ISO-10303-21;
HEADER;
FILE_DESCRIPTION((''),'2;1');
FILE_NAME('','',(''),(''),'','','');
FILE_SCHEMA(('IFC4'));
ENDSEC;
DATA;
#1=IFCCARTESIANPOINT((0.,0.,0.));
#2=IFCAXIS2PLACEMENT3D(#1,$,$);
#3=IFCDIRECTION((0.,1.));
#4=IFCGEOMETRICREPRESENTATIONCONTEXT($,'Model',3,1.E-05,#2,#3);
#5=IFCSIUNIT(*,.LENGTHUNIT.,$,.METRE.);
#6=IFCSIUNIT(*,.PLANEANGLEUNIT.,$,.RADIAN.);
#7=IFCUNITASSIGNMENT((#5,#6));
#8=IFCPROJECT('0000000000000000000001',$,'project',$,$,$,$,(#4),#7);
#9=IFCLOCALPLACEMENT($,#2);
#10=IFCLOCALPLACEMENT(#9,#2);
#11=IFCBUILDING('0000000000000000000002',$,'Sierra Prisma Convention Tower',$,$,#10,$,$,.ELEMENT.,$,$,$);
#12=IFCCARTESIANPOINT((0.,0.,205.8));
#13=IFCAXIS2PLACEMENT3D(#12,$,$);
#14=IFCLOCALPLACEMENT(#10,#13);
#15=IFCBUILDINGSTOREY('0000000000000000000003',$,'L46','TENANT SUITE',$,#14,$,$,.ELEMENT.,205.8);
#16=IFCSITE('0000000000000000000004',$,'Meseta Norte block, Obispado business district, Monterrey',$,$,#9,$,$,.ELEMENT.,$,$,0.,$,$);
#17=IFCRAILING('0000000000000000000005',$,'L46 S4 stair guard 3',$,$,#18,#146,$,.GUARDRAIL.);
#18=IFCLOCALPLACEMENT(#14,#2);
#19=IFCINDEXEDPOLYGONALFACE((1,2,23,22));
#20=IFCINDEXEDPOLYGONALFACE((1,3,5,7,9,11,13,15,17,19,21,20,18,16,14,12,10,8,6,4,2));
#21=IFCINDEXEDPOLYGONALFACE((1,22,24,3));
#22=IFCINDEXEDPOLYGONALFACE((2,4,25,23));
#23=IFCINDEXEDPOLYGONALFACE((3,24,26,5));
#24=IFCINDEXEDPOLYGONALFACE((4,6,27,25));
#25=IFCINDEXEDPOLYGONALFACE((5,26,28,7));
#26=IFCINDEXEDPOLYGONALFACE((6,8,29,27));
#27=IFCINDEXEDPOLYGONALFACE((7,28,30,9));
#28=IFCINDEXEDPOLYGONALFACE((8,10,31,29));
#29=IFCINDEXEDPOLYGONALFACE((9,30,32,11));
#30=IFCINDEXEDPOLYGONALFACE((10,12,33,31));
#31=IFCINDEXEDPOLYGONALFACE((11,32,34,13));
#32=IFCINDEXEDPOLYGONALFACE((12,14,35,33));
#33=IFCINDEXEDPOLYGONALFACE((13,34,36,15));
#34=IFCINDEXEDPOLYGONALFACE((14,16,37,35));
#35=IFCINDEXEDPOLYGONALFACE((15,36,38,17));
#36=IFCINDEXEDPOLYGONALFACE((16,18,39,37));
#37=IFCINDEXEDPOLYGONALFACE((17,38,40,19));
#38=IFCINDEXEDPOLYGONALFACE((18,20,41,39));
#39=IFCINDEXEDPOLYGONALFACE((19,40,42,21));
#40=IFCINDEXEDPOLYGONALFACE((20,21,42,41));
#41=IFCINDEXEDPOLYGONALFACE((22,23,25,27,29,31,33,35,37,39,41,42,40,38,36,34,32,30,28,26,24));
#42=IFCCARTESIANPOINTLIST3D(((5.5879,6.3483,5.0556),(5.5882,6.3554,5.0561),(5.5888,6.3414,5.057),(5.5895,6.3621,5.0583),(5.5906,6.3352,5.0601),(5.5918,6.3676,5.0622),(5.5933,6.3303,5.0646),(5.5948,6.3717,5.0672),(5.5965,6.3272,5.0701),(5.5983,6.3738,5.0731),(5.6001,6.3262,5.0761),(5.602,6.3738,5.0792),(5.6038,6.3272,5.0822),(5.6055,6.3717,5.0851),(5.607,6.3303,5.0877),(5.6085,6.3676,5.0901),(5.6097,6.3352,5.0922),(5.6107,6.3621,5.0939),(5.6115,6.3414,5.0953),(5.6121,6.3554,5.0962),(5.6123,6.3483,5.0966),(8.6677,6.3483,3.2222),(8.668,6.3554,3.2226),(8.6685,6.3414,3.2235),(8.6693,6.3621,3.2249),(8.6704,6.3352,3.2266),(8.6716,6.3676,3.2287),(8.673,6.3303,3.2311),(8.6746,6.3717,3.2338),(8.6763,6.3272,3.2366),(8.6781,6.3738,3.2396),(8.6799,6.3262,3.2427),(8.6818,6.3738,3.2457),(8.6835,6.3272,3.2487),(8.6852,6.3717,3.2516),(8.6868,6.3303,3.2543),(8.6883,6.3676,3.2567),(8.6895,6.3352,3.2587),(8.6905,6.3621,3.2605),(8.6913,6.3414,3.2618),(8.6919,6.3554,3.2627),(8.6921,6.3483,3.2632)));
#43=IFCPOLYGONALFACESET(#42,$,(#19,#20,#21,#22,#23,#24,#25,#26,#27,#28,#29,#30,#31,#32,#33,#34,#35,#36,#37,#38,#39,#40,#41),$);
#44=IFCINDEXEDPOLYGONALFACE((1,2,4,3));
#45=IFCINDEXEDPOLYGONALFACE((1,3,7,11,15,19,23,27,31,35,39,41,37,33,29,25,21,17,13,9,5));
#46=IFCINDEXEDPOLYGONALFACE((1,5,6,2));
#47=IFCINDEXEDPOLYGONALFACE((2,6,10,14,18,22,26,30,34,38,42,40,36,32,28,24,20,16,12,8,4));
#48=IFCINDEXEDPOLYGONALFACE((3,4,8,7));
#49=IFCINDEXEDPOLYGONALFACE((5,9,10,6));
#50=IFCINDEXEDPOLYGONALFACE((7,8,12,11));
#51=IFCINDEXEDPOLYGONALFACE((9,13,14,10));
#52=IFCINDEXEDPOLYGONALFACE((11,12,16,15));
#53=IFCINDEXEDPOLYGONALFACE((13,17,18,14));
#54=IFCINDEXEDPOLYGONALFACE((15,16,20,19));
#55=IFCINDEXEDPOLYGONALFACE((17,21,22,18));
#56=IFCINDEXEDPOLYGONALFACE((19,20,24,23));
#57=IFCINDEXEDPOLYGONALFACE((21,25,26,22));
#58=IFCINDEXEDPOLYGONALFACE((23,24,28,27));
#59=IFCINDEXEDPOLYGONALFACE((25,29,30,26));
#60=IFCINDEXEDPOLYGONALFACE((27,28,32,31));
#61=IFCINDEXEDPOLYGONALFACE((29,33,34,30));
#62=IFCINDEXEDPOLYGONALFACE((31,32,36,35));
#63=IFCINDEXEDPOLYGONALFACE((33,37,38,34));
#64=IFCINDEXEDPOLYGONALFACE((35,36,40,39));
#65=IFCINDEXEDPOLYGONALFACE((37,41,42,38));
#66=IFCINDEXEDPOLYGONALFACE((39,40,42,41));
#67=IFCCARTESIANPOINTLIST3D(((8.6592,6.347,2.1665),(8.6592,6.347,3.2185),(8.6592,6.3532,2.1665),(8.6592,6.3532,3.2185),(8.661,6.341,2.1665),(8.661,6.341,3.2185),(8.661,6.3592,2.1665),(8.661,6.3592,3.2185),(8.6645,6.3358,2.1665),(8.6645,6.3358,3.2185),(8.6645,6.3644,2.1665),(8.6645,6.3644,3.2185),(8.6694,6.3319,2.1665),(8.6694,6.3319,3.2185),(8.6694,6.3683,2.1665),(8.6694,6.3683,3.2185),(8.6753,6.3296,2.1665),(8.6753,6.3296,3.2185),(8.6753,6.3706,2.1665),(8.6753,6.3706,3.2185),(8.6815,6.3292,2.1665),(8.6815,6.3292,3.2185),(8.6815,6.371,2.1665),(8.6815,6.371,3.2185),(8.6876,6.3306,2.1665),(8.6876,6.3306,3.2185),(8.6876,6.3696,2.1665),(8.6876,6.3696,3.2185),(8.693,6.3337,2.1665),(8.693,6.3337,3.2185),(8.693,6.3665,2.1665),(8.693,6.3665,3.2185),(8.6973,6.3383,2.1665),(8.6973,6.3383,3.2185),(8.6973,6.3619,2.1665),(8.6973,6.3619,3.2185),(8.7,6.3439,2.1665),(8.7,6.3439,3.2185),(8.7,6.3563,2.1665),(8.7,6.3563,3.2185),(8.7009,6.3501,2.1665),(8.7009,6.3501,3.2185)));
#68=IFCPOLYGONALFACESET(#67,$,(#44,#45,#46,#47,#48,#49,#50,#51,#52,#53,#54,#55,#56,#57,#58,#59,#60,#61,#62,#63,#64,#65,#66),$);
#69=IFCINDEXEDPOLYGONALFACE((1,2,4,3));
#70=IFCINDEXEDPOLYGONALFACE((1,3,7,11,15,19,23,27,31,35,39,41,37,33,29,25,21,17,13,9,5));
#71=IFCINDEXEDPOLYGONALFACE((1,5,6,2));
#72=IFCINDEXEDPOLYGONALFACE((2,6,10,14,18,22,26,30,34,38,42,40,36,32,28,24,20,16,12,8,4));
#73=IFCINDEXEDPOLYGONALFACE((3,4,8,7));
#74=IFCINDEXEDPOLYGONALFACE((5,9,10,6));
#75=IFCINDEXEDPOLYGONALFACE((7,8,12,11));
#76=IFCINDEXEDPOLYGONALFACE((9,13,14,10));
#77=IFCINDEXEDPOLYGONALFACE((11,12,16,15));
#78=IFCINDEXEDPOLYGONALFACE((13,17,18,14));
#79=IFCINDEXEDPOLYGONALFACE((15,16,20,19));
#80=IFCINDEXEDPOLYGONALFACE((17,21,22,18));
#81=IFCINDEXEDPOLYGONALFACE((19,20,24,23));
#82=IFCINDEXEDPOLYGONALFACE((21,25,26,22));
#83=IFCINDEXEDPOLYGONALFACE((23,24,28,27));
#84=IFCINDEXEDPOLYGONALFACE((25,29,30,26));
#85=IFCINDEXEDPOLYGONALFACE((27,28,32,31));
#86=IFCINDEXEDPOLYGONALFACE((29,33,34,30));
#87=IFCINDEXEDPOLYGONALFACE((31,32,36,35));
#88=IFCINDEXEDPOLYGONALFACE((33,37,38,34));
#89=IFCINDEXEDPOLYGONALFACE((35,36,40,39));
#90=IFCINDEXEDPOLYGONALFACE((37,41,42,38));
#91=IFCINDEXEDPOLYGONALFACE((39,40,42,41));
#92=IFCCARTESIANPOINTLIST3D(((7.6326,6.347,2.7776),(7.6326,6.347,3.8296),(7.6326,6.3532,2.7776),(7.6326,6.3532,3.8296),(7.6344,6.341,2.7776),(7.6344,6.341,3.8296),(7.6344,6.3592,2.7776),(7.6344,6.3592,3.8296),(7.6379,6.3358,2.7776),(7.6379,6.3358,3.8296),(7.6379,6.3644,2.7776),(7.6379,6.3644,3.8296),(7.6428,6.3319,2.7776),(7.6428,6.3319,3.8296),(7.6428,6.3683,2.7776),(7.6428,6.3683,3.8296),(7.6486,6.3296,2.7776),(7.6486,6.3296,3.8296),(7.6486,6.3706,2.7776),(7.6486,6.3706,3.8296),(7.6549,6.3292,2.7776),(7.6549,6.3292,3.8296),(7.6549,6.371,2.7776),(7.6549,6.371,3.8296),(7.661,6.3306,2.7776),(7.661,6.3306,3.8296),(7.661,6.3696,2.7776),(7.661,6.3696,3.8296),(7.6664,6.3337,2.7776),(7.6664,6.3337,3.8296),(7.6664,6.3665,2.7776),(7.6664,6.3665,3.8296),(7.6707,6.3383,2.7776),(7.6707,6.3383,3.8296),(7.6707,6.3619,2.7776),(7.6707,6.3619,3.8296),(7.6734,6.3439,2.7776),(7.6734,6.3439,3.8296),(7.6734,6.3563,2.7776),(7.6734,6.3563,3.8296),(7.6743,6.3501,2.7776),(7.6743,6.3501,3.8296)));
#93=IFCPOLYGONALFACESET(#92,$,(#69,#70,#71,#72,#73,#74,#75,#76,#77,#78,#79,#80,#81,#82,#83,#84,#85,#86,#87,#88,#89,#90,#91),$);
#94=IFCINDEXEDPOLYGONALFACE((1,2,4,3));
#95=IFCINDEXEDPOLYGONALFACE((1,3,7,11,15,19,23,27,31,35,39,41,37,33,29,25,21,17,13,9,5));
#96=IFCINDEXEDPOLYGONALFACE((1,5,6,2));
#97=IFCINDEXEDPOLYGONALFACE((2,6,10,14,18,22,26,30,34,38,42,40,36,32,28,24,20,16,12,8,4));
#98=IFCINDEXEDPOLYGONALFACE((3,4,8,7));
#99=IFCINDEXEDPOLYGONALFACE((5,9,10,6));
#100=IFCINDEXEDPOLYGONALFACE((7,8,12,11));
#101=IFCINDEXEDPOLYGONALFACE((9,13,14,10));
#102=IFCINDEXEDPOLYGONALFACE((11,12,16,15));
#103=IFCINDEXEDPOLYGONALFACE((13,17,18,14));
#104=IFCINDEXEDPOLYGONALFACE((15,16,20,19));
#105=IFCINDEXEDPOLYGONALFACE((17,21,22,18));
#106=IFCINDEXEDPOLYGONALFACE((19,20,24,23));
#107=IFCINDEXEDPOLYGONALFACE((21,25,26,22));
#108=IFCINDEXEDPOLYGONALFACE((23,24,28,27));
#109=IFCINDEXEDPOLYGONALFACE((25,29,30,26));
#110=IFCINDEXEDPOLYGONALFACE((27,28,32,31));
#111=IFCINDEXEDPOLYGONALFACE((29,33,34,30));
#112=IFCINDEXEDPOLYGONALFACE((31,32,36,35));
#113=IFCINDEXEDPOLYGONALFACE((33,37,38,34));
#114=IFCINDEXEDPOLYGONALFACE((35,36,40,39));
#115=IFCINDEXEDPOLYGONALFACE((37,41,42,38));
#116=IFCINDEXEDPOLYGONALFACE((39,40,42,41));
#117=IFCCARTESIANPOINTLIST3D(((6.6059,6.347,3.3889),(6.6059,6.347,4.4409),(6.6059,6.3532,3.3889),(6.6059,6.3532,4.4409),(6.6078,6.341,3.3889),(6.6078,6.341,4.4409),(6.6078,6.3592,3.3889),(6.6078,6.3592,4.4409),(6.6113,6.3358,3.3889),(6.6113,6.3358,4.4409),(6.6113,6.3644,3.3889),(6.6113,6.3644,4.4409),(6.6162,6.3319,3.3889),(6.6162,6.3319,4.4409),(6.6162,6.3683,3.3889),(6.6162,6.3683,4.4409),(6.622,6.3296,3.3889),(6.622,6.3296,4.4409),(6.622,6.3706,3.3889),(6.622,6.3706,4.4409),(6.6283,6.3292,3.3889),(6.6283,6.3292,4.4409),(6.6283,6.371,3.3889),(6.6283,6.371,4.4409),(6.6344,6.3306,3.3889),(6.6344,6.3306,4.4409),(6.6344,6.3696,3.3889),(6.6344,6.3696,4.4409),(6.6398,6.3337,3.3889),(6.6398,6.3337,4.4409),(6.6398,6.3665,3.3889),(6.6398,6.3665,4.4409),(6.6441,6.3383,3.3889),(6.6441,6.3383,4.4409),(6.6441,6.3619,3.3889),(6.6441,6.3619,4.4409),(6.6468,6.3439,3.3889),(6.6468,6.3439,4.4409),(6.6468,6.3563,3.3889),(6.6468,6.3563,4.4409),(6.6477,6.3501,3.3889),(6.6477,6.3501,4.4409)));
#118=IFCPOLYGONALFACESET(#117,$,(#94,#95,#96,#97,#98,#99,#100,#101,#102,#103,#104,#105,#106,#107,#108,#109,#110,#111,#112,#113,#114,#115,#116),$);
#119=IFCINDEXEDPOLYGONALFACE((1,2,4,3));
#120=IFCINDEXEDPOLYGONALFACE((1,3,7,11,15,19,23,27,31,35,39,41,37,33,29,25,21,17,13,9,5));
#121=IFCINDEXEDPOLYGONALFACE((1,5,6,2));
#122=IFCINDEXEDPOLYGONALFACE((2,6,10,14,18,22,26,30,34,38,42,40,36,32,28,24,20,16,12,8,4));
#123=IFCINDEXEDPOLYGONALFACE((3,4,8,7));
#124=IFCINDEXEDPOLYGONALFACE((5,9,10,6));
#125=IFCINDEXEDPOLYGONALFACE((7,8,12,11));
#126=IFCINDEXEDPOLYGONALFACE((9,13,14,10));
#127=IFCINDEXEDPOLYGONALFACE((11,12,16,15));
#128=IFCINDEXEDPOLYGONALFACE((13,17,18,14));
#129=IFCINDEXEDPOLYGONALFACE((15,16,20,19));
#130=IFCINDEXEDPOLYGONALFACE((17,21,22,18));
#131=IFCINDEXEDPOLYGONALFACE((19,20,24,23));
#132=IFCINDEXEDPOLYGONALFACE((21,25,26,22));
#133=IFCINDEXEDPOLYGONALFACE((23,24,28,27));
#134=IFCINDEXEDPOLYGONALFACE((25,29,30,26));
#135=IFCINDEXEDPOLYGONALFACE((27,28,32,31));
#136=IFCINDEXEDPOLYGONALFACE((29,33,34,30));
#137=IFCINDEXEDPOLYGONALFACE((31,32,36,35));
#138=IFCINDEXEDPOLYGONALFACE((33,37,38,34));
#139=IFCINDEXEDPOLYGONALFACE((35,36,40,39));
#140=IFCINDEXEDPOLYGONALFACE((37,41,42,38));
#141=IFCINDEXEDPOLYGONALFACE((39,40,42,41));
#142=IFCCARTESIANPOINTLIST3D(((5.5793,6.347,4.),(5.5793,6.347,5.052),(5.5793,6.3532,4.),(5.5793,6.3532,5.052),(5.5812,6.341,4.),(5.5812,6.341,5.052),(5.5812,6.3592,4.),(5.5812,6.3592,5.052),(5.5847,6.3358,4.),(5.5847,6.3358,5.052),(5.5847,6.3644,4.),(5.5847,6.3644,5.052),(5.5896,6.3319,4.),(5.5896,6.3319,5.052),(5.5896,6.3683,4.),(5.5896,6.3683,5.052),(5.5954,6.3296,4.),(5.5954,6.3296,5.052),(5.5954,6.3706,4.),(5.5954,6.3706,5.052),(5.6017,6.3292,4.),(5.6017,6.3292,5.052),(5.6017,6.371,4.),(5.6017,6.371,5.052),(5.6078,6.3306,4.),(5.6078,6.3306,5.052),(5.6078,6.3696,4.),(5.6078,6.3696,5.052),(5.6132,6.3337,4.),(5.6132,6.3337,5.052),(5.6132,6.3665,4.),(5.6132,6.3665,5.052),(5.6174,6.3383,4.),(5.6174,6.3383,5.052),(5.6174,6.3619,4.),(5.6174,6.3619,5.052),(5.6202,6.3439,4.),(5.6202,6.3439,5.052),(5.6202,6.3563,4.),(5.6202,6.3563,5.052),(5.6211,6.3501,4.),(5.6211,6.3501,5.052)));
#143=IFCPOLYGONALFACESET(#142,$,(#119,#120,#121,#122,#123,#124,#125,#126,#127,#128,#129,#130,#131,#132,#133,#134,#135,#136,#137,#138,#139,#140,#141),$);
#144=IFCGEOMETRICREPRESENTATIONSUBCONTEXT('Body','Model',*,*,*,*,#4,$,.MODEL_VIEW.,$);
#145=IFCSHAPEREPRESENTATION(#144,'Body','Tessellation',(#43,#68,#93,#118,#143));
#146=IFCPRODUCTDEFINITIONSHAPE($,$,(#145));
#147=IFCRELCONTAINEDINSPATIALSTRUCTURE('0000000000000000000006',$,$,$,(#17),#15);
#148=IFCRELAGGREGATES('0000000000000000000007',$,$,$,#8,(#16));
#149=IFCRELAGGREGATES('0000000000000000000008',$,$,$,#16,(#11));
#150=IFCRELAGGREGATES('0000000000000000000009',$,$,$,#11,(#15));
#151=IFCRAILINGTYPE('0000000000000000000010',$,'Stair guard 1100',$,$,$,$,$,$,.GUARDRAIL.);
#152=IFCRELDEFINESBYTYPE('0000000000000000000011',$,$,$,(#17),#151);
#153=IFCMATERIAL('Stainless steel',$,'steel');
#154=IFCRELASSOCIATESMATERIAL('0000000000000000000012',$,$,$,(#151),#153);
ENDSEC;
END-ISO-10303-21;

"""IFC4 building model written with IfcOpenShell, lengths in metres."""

from ifc_helpers import new_model, si_unit, direction, frame, origin, origin_2d, place, context, subcontext, project, spatial, circle, extrude, material, type_object, element, save


model = new_model("IFC4")

# Units and contexts
model_context = context("Model", 3, precision=1e-05, world=origin(), true_north=direction((0.0, 1.0)))
body_context = subcontext(model_context, "Body", "Model", "MODEL_VIEW")
ifc_project = project(units=[si_unit("LENGTHUNIT", "METRE"), si_unit("PLANEANGLEUNIT", "RADIAN")], contexts=[model_context])

# Site, building, storey
site_placement = place(None, origin())
site = spatial("IfcSite", under=ifc_project, at=site_placement, Name="Meseta Norte block, Obispado business district, Monterrey", CompositionType="ELEMENT", RefElevation=0.0)
building_placement = place(site_placement, origin())
building = spatial("IfcBuilding", under=site, at=building_placement, Name="Sierra Prisma Convention Tower", CompositionType="ELEMENT")
storey_placement = place(building_placement, frame((0.0, 0.0, 205.8)))
storey = spatial("IfcBuildingStorey", under=building, at=storey_placement, Name="L46", Description="TENANT SUITE", CompositionType="ELEMENT", Elevation=205.8)

# Railing
ifc_material_1 = material(Name="Stainless steel", Category="steel")
railing_type_1 = type_object("IfcRailingType", Name="Stair guard 1100", PredefinedType="GUARDRAIL", material=ifc_material_1)
railing_1_placement = place(storey_placement, frame((8.6799, 6.3501, 2.1665)))
element("IfcRailing", 1, at=railing_1_placement, inside=storey, type_object=railing_type_1, Name="L46 S4 stair guard 3", PredefinedType="GUARDRAIL", context=body_context, shape_type="SweptSolid", body=[
    extrude(circle(Radius=0.0239, at=origin_2d()), frame((0.0, 0.0, 1.0762), z_axis=(-0.859261, 0.0, 0.511538), x_axis=(0.0, -1.0, 0.0)), (0.0, 0.0, 1.0), 3.5842),
    extrude(circle(Radius=0.021, at=origin_2d()), origin(), (0.0, 0.0, 1.0), 1.052),
    extrude(circle(Radius=0.021, at=origin_2d()), frame((-1.0266, 0.0, 0.6111)), (0.0, 0.0, 1.0), 1.052),
    extrude(circle(Radius=0.021, at=origin_2d()), frame((-2.0532, 0.0, 1.2224)), (0.0, 0.0, 1.0), 1.052),
    extrude(circle(Radius=0.021, at=origin_2d()), frame((-3.0798, 0.0, 1.8335)), (0.0, 0.0, 1.0), 1.052),
])

save(model, "model.ifc")
